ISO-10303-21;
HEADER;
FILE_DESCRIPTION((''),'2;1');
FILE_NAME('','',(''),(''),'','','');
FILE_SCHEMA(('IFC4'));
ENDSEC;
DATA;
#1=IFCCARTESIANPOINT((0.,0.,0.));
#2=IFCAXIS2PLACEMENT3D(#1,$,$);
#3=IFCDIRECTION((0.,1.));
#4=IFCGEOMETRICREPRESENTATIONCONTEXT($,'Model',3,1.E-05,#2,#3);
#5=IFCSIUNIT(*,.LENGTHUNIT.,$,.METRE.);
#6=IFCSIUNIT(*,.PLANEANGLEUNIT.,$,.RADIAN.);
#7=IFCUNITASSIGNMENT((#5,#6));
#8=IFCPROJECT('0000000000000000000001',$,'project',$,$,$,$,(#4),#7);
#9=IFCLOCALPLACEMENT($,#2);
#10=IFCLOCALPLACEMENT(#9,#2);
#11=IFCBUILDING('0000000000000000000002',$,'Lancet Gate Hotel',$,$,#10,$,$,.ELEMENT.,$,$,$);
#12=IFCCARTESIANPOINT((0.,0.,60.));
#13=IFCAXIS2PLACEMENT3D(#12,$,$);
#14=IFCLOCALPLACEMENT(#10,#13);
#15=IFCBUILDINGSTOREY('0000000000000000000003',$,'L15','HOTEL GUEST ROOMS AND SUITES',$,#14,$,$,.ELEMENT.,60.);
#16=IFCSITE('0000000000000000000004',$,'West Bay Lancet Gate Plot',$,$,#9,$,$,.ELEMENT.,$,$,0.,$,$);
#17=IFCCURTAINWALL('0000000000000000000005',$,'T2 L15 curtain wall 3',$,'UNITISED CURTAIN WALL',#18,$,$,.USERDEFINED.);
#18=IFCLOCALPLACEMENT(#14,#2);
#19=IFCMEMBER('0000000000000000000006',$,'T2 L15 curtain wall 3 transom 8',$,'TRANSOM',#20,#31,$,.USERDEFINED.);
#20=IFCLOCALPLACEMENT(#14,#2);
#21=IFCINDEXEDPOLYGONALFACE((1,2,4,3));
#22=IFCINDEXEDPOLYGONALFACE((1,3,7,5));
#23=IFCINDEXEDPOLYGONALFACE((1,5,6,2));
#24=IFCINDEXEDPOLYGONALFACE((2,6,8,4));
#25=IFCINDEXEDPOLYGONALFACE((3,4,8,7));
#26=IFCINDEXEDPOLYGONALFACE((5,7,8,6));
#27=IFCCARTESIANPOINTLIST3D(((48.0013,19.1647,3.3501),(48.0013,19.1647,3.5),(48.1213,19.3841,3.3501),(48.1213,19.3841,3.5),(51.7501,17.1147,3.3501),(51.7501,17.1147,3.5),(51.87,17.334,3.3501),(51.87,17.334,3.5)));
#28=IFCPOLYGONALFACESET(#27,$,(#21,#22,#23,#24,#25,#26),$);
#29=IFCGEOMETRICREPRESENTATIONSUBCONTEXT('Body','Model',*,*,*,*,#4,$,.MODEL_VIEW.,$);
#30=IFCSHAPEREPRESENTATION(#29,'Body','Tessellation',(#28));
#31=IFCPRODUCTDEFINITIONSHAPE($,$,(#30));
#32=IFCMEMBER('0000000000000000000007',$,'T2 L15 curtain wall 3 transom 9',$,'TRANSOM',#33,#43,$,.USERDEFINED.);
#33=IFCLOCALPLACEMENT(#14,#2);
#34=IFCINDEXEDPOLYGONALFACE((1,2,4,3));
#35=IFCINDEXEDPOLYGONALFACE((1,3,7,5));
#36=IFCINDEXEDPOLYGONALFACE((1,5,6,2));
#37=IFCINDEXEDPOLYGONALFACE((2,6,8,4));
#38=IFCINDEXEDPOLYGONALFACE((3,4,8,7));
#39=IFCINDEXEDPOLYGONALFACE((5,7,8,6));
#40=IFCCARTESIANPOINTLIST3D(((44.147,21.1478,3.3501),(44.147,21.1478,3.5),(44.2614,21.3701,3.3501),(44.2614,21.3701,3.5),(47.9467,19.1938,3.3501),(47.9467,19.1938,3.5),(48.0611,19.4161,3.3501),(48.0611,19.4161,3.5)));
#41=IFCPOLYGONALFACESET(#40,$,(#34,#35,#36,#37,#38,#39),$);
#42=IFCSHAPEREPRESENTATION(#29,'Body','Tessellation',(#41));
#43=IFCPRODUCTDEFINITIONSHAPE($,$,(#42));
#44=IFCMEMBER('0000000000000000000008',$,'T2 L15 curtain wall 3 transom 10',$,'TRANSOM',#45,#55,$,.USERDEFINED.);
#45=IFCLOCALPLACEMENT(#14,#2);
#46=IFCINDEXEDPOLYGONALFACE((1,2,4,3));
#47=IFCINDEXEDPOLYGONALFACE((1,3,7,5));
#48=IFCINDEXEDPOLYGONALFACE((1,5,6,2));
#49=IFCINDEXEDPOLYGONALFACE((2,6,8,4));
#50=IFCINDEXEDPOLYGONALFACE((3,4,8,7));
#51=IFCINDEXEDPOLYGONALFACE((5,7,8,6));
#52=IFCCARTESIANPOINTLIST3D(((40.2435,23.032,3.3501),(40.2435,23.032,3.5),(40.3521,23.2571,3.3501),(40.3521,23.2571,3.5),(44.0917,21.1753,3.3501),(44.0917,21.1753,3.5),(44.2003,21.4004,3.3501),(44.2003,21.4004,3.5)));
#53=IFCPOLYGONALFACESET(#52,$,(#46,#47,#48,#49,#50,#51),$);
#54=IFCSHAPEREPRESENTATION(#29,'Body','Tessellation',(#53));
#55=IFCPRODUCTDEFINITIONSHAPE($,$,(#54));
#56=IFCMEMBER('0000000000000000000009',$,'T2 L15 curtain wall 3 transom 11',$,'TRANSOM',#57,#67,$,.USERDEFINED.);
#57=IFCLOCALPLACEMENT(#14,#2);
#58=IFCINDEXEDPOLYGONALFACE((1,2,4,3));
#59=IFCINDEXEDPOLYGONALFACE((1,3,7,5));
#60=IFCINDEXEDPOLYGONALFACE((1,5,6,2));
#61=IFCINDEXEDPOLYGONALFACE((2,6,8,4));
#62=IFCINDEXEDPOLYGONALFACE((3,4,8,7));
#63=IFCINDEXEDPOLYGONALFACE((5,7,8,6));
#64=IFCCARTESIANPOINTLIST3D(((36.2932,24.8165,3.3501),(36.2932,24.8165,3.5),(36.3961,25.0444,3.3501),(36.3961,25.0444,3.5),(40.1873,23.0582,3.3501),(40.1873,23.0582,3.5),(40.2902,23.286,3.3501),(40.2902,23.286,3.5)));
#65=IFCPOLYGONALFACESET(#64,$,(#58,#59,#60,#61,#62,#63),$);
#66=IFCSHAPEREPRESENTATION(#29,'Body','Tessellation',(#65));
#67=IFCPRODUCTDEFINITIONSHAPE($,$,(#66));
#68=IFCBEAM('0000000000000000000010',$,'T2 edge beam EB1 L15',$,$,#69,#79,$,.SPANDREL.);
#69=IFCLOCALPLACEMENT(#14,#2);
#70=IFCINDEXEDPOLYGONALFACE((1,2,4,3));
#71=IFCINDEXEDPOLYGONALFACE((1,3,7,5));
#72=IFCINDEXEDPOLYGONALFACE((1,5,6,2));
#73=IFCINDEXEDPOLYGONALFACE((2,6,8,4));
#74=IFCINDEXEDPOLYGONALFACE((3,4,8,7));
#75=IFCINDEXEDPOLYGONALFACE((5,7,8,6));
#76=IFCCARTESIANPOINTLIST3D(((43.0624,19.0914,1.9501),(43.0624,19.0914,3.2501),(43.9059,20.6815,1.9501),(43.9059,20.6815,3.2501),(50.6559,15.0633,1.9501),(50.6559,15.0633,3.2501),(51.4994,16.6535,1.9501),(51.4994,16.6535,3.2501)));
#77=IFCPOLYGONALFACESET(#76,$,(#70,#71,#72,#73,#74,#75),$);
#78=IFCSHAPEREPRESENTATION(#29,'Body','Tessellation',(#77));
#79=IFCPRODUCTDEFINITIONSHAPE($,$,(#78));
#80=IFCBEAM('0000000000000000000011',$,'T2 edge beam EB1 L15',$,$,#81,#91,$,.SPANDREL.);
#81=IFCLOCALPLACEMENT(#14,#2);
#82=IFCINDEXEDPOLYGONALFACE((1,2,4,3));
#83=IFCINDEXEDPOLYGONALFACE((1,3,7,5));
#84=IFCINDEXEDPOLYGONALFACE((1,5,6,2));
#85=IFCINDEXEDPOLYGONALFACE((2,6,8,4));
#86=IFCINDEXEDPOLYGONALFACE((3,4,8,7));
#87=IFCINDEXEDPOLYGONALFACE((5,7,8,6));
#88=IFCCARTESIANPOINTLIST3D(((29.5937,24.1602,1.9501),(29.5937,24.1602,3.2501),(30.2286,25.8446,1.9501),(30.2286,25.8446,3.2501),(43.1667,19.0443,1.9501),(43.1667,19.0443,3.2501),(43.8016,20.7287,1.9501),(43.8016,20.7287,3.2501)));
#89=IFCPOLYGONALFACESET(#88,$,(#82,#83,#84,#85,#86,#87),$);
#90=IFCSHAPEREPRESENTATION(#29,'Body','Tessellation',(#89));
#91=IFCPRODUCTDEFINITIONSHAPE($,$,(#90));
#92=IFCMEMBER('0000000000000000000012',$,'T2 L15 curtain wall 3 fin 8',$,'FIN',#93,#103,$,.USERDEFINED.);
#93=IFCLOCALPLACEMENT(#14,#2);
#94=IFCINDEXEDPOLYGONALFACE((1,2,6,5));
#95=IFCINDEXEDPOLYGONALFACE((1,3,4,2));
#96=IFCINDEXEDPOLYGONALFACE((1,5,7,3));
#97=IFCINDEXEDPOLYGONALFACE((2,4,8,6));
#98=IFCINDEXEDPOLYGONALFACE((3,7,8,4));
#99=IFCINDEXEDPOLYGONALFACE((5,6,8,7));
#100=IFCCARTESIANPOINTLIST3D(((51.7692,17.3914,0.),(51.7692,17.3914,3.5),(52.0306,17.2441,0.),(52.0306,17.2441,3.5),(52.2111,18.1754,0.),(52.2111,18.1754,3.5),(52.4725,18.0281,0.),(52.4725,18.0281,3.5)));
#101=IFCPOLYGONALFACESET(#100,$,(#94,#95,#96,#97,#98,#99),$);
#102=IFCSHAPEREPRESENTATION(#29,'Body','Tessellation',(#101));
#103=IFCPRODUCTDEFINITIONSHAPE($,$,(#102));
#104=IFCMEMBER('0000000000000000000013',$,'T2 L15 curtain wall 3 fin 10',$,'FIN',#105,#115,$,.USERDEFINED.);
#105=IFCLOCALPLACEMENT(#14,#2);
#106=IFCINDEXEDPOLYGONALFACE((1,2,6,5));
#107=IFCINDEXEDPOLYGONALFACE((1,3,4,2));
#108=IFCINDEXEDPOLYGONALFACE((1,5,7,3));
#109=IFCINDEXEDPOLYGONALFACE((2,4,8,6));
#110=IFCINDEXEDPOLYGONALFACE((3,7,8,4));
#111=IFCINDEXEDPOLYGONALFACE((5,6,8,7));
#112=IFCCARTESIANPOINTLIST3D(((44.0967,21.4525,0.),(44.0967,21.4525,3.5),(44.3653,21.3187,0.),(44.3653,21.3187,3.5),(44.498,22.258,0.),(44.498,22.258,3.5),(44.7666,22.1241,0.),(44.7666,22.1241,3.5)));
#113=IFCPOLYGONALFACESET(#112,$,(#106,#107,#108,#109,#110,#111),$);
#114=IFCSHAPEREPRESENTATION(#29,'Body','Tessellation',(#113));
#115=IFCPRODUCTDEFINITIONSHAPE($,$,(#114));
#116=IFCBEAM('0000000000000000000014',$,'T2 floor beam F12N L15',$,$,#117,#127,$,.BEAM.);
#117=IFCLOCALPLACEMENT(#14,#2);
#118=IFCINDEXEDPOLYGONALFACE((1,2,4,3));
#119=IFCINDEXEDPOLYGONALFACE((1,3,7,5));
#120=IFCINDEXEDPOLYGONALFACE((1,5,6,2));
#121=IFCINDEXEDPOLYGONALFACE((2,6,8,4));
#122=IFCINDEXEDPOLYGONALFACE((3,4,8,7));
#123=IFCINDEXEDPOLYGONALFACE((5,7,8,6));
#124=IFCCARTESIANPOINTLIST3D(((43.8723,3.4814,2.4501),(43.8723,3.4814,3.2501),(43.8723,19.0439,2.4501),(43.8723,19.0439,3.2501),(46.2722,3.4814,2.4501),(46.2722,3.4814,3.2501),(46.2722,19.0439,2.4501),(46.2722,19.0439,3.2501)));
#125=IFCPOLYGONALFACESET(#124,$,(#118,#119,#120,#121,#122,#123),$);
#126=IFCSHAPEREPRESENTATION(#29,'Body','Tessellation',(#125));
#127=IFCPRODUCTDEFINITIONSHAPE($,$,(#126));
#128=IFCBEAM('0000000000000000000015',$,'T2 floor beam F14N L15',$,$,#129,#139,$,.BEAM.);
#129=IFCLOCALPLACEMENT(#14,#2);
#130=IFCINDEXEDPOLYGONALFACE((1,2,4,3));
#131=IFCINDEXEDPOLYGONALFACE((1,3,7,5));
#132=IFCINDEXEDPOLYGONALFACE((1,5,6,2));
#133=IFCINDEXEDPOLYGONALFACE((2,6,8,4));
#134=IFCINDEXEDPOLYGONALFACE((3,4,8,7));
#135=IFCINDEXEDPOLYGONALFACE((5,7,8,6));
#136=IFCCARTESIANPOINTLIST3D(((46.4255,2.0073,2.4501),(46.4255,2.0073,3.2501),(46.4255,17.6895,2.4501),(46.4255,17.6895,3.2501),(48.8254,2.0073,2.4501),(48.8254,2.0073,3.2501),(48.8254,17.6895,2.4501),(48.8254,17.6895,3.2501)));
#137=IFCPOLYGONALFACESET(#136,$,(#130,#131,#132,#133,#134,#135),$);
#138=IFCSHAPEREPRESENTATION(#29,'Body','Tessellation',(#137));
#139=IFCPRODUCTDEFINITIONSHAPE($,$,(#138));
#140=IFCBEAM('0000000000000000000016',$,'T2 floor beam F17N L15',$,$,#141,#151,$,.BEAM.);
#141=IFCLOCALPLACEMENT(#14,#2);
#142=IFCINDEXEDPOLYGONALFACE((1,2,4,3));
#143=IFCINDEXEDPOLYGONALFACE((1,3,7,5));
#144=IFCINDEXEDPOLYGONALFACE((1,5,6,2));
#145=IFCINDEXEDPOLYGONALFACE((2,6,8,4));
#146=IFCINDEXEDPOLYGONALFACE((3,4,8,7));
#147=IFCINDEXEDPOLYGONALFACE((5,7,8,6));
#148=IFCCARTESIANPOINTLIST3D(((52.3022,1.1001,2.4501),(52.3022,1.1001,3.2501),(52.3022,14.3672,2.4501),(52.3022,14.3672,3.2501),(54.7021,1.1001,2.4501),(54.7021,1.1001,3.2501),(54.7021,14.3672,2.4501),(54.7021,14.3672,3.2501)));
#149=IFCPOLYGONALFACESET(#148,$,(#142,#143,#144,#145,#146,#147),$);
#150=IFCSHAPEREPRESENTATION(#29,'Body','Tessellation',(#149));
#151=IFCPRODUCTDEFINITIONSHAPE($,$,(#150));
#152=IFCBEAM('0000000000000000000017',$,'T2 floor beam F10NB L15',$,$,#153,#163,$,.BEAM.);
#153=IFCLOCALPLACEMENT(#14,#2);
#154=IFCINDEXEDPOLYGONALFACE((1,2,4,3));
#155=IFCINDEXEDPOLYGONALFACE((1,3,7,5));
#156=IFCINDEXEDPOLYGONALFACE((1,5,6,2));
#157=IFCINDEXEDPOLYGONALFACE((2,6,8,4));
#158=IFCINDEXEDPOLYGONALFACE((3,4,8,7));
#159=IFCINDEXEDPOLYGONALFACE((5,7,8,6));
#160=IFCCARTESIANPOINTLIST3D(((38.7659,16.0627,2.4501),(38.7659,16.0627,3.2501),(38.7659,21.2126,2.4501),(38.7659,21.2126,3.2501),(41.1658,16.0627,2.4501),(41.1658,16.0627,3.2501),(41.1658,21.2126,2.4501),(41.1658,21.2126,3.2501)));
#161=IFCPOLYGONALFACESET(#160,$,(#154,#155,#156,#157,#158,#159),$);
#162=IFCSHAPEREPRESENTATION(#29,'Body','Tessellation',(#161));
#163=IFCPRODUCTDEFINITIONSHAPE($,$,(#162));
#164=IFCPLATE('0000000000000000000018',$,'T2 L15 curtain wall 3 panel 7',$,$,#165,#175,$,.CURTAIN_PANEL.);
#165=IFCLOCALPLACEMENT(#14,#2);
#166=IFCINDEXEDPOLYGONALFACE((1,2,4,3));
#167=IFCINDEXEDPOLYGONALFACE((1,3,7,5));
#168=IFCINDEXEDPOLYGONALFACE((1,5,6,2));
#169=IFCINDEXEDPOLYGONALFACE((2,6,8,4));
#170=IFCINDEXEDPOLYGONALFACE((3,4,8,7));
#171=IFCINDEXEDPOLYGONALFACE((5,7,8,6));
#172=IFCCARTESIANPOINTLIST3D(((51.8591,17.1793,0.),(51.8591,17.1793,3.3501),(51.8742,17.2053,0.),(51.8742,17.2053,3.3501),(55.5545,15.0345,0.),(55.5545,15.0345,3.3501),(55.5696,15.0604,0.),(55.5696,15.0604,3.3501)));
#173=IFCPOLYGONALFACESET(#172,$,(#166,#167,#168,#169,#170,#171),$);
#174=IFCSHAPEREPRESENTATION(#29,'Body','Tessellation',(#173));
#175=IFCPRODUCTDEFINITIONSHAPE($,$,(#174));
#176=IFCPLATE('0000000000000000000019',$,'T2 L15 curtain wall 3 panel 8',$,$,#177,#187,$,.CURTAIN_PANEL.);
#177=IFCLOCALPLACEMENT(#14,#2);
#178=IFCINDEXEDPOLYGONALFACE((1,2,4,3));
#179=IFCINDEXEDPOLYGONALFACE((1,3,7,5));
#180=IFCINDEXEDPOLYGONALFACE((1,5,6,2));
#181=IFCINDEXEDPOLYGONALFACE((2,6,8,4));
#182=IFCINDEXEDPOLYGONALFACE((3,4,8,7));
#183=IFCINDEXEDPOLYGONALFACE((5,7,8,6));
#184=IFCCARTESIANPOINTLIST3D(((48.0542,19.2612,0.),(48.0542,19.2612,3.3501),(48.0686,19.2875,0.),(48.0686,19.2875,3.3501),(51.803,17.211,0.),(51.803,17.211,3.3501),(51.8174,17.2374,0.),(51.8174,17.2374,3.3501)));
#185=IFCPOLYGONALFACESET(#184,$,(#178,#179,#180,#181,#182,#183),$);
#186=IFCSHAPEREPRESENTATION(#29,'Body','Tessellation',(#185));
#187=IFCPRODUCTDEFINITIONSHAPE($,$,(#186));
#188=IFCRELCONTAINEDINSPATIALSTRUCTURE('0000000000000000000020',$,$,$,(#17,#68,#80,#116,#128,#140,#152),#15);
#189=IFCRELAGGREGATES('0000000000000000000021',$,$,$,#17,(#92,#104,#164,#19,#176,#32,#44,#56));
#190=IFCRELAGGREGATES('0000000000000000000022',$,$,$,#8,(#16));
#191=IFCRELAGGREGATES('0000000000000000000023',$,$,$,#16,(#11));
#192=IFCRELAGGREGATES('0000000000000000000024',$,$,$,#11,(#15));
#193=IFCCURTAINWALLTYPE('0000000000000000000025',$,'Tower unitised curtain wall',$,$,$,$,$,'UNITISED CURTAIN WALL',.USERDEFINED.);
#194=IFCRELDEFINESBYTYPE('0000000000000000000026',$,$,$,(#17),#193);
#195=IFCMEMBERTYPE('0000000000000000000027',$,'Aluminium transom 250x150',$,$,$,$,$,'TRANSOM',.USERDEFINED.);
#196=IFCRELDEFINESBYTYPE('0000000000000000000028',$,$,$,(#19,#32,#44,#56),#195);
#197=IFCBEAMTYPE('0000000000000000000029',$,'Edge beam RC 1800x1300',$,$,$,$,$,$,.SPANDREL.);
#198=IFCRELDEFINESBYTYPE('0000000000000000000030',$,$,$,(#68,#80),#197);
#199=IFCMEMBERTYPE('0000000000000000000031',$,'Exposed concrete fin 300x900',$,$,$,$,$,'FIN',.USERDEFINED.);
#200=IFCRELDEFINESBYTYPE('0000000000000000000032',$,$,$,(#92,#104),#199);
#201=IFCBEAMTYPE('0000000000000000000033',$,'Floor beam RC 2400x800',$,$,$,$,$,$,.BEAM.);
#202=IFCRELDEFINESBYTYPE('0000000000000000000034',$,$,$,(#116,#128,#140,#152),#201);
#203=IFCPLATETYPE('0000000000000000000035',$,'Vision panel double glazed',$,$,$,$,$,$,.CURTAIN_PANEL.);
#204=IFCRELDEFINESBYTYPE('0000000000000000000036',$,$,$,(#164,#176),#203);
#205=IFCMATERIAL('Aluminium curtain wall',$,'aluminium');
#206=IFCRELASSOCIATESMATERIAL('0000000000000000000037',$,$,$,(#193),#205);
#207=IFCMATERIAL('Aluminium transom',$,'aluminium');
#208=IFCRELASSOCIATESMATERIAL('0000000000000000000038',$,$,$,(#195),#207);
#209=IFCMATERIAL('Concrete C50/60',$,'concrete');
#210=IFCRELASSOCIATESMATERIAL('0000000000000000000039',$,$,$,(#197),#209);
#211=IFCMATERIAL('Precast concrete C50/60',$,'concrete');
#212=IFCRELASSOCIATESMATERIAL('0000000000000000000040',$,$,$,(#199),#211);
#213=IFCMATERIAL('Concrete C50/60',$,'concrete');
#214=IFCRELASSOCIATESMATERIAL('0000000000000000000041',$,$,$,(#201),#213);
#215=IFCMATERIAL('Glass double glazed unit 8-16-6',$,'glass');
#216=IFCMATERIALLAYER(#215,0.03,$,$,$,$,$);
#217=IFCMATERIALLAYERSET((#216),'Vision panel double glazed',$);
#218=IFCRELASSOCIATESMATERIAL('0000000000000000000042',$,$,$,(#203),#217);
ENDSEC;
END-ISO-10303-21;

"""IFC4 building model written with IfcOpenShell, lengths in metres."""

from ifc_helpers import new_model, si_unit, direction, frame, origin, origin_2d, place, context, subcontext, project, spatial, rectangle, extrude, material, layer, layer_set, material_profile, profile_set, type_object, element, aggregate, save


model = new_model("IFC4")

# Units and contexts
model_context = context("Model", 3, precision=1e-05, world=origin(), true_north=direction((0.0, 1.0)))
body_context = subcontext(model_context, "Body", "Model", "MODEL_VIEW")
ifc_project = project(units=[si_unit("LENGTHUNIT", "METRE"), si_unit("PLANEANGLEUNIT", "RADIAN")], contexts=[model_context])

# Site, building, storey
site_placement = place(None, origin())
site = spatial("IfcSite", under=ifc_project, at=site_placement, Name="West Bay Lancet Gate Plot", CompositionType="ELEMENT", RefElevation=0.0)
building_placement = place(site_placement, origin())
building = spatial("IfcBuilding", under=site, at=building_placement, Name="Lancet Gate Hotel", CompositionType="ELEMENT")
storey_placement = place(building_placement, frame((0.0, 0.0, 60.0)))
storey = spatial("IfcBuildingStorey", under=building, at=storey_placement, Name="L15", Description="HOTEL GUEST ROOMS AND SUITES", CompositionType="ELEMENT", Elevation=60.0)

# Curtain wall, members
ifc_material_1 = material(Name="Aluminium curtain wall", Category="aluminium")
curtain_wall_type = type_object("IfcCurtainWallType", Name="Tower unitised curtain wall", ElementType="UNITISED CURTAIN WALL", PredefinedType="USERDEFINED", material=ifc_material_1)
curtain_wall_placement = place(storey_placement, origin())
curtain_wall = element("IfcCurtainWall", 1, at=curtain_wall_placement, inside=storey, type_object=curtain_wall_type, Name="T2 L15 curtain wall 3", ObjectType="UNITISED CURTAIN WALL", PredefinedType="USERDEFINED")
ifc_material_2 = material(Name="Aluminium transom", Category="aluminium")
ifc_material_profile_1 = material_profile(ifc_material_2, rectangle(XDim=0.25, YDim=0.1499, at=origin_2d()), Name="TRANSOM 250x150")
ifc_profile_set_1 = profile_set([ifc_material_profile_1], Name="Aluminium transom")
member_type_1 = type_object("IfcMemberType", Name="Aluminium transom 250x150", ElementType="TRANSOM", PredefinedType="USERDEFINED", material=ifc_profile_set_1)
member_1_placement = place(storey_placement, frame((51.8101, 17.2244, 3.425), z_axis=(-0.877378, 0.479801, 0.0), x_axis=(-0.479801, -0.877378, 0.0)))
member_1 = element("IfcMember", 2, at=member_1_placement, type_object=member_type_1, Name="T2 L15 curtain wall 3 transom 8", ObjectType="TRANSOM", PredefinedType="USERDEFINED", context=body_context, shape_type="SweptSolid", body=[
    extrude(rectangle(XDim=0.25, YDim=0.1499, at=origin_2d()), origin(), (0.0, 0.0, 1.0), 4.2727),
])
member_2_placement = place(storey_placement, frame((48.0039, 19.3049, 3.425), z_axis=(-0.889296, 0.457333, 0.0), x_axis=(-0.457333, -0.889296, 0.0)))
member_2 = element("IfcMember", 3, at=member_2_placement, type_object=member_type_1, Name="T2 L15 curtain wall 3 transom 9", ObjectType="TRANSOM", PredefinedType="USERDEFINED", context=body_context, shape_type="SweptSolid", body=[
    extrude(rectangle(XDim=0.25, YDim=0.1499, at=origin_2d()), origin(), (0.0, 0.0, 1.0), 4.2727),
])
member_3_placement = place(storey_placement, frame((44.146, 21.2878, 3.425), z_axis=(-0.900646, 0.434553, 0.0), x_axis=(-0.434553, -0.900646, 0.0)))
member_3 = element("IfcMember", 4, at=member_3_placement, type_object=member_type_1, Name="T2 L15 curtain wall 3 transom 10", ObjectType="TRANSOM", PredefinedType="USERDEFINED", context=body_context, shape_type="SweptSolid", body=[
    extrude(rectangle(XDim=0.25, YDim=0.1499, at=origin_2d()), origin(), (0.0, 0.0, 1.0), 4.2727),
])
member_4_placement = place(storey_placement, frame((40.2388, 23.1721, 3.425), z_axis=(-0.911397, 0.411529, 0.0), x_axis=(-0.411529, -0.911397, 0.0)))
member_4 = element("IfcMember", 5, at=member_4_placement, type_object=member_type_1, Name="T2 L15 curtain wall 3 transom 11", ObjectType="TRANSOM", PredefinedType="USERDEFINED", context=body_context, shape_type="SweptSolid", body=[
    extrude(rectangle(XDim=0.25, YDim=0.1499, at=origin_2d()), origin(), (0.0, 0.0, 1.0), 4.2727),
])

# Beams
ifc_material_3 = material(Name="Concrete C50/60", Category="concrete")
ifc_material_profile_2 = material_profile(ifc_material_3, rectangle(XDim=1.8, YDim=1.3, at=origin_2d()), Name="RC 1800x1300")
ifc_profile_set_2 = profile_set([ifc_material_profile_2], Name="Concrete C50/60")
beam_type_1 = type_object("IfcBeamType", Name="Edge beam RC 1800x1300", PredefinedType="SPANDREL", material=ifc_profile_set_2)
beam_1_placement = place(storey_placement, frame((51.0776, 15.8584, 2.6001), z_axis=(-0.883403, 0.468613, 0.0), x_axis=(-0.468613, -0.883403, 0.0)))
element("IfcBeam", 6, at=beam_1_placement, inside=storey, type_object=beam_type_1, Name="T2 edge beam EB1 L15", PredefinedType="SPANDREL", context=body_context, shape_type="SweptSolid", body=[
    extrude(rectangle(XDim=1.8, YDim=1.3, at=origin_2d()), origin(), (0.0, 0.0, 1.0), 8.5957),
])
beam_2_placement = place(storey_placement, frame((43.4841, 19.8865, 2.6001), z_axis=(-0.935736, 0.3527, 0.0), x_axis=(-0.3527, -0.935736, 0.0)))
element("IfcBeam", 7, at=beam_2_placement, inside=storey, type_object=beam_type_1, Name="T2 edge beam EB1 L15", PredefinedType="SPANDREL", context=body_context, shape_type="SweptSolid", body=[
    extrude(rectangle(XDim=1.8, YDim=1.3, at=origin_2d()), origin(), (0.0, 0.0, 1.0), 14.5051),
])

# Members
ifc_material_4 = material(Name="Precast concrete C50/60", Category="concrete")
ifc_material_profile_3 = material_profile(ifc_material_4, rectangle(XDim=0.3, YDim=0.8999, at=origin_2d()), Name="FIN 300x900")
ifc_profile_set_3 = profile_set([ifc_material_profile_3], Name="Precast concrete C50/60")
member_type_2 = type_object("IfcMemberType", Name="Exposed concrete fin 300x900", ElementType="FIN", PredefinedType="USERDEFINED", material=ifc_profile_set_3)
member_5_placement = place(storey_placement, frame((52.1208, 17.7097, 0.0), z_axis=(0.0, 0.0, 1.0), x_axis=(-0.87119, 0.490945, 0.0)))
member_5 = element("IfcMember", 8, at=member_5_placement, type_object=member_type_2, Name="T2 L15 curtain wall 3 fin 8", ObjectType="FIN", PredefinedType="USERDEFINED", context=body_context, shape_type="SweptSolid", body=[
    extrude(rectangle(XDim=0.3, YDim=0.8999, at=origin_2d()), origin(), (0.0, 0.0, 1.0), 3.5),
])
member_6_placement = place(storey_placement, frame((44.4316, 21.7883, 0.0), z_axis=(0.0, 0.0, 1.0), x_axis=(-0.895044, 0.445978, 0.0)))
member_6 = element("IfcMember", 9, at=member_6_placement, type_object=member_type_2, Name="T2 L15 curtain wall 3 fin 10", ObjectType="FIN", PredefinedType="USERDEFINED", context=body_context, shape_type="SweptSolid", body=[
    extrude(rectangle(XDim=0.3, YDim=0.8999, at=origin_2d()), origin(), (0.0, 0.0, 1.0), 3.5),
])

# Beams
ifc_material_5 = material(Name="Concrete C50/60", Category="concrete")
ifc_material_profile_4 = material_profile(ifc_material_5, rectangle(XDim=2.3999, YDim=0.8, at=origin_2d()), Name="RC 2400x800")
ifc_profile_set_4 = profile_set([ifc_material_profile_4], Name="Concrete C50/60")
beam_type_2 = type_object("IfcBeamType", Name="Floor beam RC 2400x800", PredefinedType="BEAM", material=ifc_profile_set_4)
beam_3_placement = place(storey_placement, frame((45.0723, 3.4814, 2.8501), z_axis=(0.0, 1.0, 0.0), x_axis=(-1.0, 0.0, 0.0)))
element("IfcBeam", 10, at=beam_3_placement, inside=storey, type_object=beam_type_2, Name="T2 floor beam F12N L15", PredefinedType="BEAM", context=body_context, shape_type="SweptSolid", body=[
    extrude(rectangle(XDim=2.3999, YDim=0.8, at=origin_2d()), origin(), (0.0, 0.0, 1.0), 15.5625),
])
beam_4_placement = place(storey_placement, frame((47.6255, 2.0073, 2.8501), z_axis=(0.0, 1.0, 0.0), x_axis=(-1.0, 0.0, 0.0)))
element("IfcBeam", 11, at=beam_4_placement, inside=storey, type_object=beam_type_2, Name="T2 floor beam F14N L15", PredefinedType="BEAM", context=body_context, shape_type="SweptSolid", body=[
    extrude(rectangle(XDim=2.3999, YDim=0.8, at=origin_2d()), origin(), (0.0, 0.0, 1.0), 15.6821),
])
beam_5_placement = place(storey_placement, frame((53.5022, 1.1001, 2.8501), z_axis=(0.0, 1.0, 0.0), x_axis=(-1.0, 0.0, 0.0)))
element("IfcBeam", 12, at=beam_5_placement, inside=storey, type_object=beam_type_2, Name="T2 floor beam F17N L15", PredefinedType="BEAM", context=body_context, shape_type="SweptSolid", body=[
    extrude(rectangle(XDim=2.3999, YDim=0.8, at=origin_2d()), origin(), (0.0, 0.0, 1.0), 13.2671),
])
beam_6_placement = place(storey_placement, frame((39.9658, 16.0627, 2.8501), z_axis=(0.0, 1.0, 0.0), x_axis=(-1.0, 0.0, 0.0)))
element("IfcBeam", 13, at=beam_6_placement, inside=storey, type_object=beam_type_2, Name="T2 floor beam F10NB L15", PredefinedType="BEAM", context=body_context, shape_type="SweptSolid", body=[
    extrude(rectangle(XDim=2.3999, YDim=0.8, at=origin_2d()), origin(), (0.0, 0.0, 1.0), 5.1499),
])

# Plates
ifc_material_6 = material(Name="Glass double glazed unit 8-16-6", Category="glass")
ifc_layer_1 = layer(ifc_material_6, 0.03)
ifc_layer_set_1 = layer_set([ifc_layer_1], Name="Vision panel double glazed")
plate_type = type_object("IfcPlateType", Name="Vision panel double glazed", PredefinedType="CURTAIN_PANEL", material=ifc_layer_set_1)
plate_1_placement = place(storey_placement, frame((53.7144, 16.1199, 0.0), z_axis=(0.0, 0.0, 1.0), x_axis=(-0.864872, 0.501993, 0.0)))
plate_1 = element("IfcPlate", 14, at=plate_1_placement, type_object=plate_type, Name="T2 L15 curtain wall 3 panel 7", PredefinedType="CURTAIN_PANEL", context=body_context, shape_type="SweptSolid", body=[
    extrude(rectangle(XDim=4.2727, YDim=0.03, at=origin_2d()), origin(), (0.0, 0.0, 1.0), 3.3501),
])
plate_2_placement = place(storey_placement, frame((49.9358, 18.2493, 0.0), z_axis=(0.0, 0.0, 1.0), x_axis=(-0.877368, 0.479818, 0.0)))
plate_2 = element("IfcPlate", 15, at=plate_2_placement, type_object=plate_type, Name="T2 L15 curtain wall 3 panel 8", PredefinedType="CURTAIN_PANEL", context=body_context, shape_type="SweptSolid", body=[
    extrude(rectangle(XDim=4.2727, YDim=0.03, at=origin_2d()), origin(), (0.0, 0.0, 1.0), 3.3501),
])
aggregate(curtain_wall, [member_5, member_6, plate_1, member_1, plate_2, member_2, member_3, member_4])

save(model, "model.ifc")
